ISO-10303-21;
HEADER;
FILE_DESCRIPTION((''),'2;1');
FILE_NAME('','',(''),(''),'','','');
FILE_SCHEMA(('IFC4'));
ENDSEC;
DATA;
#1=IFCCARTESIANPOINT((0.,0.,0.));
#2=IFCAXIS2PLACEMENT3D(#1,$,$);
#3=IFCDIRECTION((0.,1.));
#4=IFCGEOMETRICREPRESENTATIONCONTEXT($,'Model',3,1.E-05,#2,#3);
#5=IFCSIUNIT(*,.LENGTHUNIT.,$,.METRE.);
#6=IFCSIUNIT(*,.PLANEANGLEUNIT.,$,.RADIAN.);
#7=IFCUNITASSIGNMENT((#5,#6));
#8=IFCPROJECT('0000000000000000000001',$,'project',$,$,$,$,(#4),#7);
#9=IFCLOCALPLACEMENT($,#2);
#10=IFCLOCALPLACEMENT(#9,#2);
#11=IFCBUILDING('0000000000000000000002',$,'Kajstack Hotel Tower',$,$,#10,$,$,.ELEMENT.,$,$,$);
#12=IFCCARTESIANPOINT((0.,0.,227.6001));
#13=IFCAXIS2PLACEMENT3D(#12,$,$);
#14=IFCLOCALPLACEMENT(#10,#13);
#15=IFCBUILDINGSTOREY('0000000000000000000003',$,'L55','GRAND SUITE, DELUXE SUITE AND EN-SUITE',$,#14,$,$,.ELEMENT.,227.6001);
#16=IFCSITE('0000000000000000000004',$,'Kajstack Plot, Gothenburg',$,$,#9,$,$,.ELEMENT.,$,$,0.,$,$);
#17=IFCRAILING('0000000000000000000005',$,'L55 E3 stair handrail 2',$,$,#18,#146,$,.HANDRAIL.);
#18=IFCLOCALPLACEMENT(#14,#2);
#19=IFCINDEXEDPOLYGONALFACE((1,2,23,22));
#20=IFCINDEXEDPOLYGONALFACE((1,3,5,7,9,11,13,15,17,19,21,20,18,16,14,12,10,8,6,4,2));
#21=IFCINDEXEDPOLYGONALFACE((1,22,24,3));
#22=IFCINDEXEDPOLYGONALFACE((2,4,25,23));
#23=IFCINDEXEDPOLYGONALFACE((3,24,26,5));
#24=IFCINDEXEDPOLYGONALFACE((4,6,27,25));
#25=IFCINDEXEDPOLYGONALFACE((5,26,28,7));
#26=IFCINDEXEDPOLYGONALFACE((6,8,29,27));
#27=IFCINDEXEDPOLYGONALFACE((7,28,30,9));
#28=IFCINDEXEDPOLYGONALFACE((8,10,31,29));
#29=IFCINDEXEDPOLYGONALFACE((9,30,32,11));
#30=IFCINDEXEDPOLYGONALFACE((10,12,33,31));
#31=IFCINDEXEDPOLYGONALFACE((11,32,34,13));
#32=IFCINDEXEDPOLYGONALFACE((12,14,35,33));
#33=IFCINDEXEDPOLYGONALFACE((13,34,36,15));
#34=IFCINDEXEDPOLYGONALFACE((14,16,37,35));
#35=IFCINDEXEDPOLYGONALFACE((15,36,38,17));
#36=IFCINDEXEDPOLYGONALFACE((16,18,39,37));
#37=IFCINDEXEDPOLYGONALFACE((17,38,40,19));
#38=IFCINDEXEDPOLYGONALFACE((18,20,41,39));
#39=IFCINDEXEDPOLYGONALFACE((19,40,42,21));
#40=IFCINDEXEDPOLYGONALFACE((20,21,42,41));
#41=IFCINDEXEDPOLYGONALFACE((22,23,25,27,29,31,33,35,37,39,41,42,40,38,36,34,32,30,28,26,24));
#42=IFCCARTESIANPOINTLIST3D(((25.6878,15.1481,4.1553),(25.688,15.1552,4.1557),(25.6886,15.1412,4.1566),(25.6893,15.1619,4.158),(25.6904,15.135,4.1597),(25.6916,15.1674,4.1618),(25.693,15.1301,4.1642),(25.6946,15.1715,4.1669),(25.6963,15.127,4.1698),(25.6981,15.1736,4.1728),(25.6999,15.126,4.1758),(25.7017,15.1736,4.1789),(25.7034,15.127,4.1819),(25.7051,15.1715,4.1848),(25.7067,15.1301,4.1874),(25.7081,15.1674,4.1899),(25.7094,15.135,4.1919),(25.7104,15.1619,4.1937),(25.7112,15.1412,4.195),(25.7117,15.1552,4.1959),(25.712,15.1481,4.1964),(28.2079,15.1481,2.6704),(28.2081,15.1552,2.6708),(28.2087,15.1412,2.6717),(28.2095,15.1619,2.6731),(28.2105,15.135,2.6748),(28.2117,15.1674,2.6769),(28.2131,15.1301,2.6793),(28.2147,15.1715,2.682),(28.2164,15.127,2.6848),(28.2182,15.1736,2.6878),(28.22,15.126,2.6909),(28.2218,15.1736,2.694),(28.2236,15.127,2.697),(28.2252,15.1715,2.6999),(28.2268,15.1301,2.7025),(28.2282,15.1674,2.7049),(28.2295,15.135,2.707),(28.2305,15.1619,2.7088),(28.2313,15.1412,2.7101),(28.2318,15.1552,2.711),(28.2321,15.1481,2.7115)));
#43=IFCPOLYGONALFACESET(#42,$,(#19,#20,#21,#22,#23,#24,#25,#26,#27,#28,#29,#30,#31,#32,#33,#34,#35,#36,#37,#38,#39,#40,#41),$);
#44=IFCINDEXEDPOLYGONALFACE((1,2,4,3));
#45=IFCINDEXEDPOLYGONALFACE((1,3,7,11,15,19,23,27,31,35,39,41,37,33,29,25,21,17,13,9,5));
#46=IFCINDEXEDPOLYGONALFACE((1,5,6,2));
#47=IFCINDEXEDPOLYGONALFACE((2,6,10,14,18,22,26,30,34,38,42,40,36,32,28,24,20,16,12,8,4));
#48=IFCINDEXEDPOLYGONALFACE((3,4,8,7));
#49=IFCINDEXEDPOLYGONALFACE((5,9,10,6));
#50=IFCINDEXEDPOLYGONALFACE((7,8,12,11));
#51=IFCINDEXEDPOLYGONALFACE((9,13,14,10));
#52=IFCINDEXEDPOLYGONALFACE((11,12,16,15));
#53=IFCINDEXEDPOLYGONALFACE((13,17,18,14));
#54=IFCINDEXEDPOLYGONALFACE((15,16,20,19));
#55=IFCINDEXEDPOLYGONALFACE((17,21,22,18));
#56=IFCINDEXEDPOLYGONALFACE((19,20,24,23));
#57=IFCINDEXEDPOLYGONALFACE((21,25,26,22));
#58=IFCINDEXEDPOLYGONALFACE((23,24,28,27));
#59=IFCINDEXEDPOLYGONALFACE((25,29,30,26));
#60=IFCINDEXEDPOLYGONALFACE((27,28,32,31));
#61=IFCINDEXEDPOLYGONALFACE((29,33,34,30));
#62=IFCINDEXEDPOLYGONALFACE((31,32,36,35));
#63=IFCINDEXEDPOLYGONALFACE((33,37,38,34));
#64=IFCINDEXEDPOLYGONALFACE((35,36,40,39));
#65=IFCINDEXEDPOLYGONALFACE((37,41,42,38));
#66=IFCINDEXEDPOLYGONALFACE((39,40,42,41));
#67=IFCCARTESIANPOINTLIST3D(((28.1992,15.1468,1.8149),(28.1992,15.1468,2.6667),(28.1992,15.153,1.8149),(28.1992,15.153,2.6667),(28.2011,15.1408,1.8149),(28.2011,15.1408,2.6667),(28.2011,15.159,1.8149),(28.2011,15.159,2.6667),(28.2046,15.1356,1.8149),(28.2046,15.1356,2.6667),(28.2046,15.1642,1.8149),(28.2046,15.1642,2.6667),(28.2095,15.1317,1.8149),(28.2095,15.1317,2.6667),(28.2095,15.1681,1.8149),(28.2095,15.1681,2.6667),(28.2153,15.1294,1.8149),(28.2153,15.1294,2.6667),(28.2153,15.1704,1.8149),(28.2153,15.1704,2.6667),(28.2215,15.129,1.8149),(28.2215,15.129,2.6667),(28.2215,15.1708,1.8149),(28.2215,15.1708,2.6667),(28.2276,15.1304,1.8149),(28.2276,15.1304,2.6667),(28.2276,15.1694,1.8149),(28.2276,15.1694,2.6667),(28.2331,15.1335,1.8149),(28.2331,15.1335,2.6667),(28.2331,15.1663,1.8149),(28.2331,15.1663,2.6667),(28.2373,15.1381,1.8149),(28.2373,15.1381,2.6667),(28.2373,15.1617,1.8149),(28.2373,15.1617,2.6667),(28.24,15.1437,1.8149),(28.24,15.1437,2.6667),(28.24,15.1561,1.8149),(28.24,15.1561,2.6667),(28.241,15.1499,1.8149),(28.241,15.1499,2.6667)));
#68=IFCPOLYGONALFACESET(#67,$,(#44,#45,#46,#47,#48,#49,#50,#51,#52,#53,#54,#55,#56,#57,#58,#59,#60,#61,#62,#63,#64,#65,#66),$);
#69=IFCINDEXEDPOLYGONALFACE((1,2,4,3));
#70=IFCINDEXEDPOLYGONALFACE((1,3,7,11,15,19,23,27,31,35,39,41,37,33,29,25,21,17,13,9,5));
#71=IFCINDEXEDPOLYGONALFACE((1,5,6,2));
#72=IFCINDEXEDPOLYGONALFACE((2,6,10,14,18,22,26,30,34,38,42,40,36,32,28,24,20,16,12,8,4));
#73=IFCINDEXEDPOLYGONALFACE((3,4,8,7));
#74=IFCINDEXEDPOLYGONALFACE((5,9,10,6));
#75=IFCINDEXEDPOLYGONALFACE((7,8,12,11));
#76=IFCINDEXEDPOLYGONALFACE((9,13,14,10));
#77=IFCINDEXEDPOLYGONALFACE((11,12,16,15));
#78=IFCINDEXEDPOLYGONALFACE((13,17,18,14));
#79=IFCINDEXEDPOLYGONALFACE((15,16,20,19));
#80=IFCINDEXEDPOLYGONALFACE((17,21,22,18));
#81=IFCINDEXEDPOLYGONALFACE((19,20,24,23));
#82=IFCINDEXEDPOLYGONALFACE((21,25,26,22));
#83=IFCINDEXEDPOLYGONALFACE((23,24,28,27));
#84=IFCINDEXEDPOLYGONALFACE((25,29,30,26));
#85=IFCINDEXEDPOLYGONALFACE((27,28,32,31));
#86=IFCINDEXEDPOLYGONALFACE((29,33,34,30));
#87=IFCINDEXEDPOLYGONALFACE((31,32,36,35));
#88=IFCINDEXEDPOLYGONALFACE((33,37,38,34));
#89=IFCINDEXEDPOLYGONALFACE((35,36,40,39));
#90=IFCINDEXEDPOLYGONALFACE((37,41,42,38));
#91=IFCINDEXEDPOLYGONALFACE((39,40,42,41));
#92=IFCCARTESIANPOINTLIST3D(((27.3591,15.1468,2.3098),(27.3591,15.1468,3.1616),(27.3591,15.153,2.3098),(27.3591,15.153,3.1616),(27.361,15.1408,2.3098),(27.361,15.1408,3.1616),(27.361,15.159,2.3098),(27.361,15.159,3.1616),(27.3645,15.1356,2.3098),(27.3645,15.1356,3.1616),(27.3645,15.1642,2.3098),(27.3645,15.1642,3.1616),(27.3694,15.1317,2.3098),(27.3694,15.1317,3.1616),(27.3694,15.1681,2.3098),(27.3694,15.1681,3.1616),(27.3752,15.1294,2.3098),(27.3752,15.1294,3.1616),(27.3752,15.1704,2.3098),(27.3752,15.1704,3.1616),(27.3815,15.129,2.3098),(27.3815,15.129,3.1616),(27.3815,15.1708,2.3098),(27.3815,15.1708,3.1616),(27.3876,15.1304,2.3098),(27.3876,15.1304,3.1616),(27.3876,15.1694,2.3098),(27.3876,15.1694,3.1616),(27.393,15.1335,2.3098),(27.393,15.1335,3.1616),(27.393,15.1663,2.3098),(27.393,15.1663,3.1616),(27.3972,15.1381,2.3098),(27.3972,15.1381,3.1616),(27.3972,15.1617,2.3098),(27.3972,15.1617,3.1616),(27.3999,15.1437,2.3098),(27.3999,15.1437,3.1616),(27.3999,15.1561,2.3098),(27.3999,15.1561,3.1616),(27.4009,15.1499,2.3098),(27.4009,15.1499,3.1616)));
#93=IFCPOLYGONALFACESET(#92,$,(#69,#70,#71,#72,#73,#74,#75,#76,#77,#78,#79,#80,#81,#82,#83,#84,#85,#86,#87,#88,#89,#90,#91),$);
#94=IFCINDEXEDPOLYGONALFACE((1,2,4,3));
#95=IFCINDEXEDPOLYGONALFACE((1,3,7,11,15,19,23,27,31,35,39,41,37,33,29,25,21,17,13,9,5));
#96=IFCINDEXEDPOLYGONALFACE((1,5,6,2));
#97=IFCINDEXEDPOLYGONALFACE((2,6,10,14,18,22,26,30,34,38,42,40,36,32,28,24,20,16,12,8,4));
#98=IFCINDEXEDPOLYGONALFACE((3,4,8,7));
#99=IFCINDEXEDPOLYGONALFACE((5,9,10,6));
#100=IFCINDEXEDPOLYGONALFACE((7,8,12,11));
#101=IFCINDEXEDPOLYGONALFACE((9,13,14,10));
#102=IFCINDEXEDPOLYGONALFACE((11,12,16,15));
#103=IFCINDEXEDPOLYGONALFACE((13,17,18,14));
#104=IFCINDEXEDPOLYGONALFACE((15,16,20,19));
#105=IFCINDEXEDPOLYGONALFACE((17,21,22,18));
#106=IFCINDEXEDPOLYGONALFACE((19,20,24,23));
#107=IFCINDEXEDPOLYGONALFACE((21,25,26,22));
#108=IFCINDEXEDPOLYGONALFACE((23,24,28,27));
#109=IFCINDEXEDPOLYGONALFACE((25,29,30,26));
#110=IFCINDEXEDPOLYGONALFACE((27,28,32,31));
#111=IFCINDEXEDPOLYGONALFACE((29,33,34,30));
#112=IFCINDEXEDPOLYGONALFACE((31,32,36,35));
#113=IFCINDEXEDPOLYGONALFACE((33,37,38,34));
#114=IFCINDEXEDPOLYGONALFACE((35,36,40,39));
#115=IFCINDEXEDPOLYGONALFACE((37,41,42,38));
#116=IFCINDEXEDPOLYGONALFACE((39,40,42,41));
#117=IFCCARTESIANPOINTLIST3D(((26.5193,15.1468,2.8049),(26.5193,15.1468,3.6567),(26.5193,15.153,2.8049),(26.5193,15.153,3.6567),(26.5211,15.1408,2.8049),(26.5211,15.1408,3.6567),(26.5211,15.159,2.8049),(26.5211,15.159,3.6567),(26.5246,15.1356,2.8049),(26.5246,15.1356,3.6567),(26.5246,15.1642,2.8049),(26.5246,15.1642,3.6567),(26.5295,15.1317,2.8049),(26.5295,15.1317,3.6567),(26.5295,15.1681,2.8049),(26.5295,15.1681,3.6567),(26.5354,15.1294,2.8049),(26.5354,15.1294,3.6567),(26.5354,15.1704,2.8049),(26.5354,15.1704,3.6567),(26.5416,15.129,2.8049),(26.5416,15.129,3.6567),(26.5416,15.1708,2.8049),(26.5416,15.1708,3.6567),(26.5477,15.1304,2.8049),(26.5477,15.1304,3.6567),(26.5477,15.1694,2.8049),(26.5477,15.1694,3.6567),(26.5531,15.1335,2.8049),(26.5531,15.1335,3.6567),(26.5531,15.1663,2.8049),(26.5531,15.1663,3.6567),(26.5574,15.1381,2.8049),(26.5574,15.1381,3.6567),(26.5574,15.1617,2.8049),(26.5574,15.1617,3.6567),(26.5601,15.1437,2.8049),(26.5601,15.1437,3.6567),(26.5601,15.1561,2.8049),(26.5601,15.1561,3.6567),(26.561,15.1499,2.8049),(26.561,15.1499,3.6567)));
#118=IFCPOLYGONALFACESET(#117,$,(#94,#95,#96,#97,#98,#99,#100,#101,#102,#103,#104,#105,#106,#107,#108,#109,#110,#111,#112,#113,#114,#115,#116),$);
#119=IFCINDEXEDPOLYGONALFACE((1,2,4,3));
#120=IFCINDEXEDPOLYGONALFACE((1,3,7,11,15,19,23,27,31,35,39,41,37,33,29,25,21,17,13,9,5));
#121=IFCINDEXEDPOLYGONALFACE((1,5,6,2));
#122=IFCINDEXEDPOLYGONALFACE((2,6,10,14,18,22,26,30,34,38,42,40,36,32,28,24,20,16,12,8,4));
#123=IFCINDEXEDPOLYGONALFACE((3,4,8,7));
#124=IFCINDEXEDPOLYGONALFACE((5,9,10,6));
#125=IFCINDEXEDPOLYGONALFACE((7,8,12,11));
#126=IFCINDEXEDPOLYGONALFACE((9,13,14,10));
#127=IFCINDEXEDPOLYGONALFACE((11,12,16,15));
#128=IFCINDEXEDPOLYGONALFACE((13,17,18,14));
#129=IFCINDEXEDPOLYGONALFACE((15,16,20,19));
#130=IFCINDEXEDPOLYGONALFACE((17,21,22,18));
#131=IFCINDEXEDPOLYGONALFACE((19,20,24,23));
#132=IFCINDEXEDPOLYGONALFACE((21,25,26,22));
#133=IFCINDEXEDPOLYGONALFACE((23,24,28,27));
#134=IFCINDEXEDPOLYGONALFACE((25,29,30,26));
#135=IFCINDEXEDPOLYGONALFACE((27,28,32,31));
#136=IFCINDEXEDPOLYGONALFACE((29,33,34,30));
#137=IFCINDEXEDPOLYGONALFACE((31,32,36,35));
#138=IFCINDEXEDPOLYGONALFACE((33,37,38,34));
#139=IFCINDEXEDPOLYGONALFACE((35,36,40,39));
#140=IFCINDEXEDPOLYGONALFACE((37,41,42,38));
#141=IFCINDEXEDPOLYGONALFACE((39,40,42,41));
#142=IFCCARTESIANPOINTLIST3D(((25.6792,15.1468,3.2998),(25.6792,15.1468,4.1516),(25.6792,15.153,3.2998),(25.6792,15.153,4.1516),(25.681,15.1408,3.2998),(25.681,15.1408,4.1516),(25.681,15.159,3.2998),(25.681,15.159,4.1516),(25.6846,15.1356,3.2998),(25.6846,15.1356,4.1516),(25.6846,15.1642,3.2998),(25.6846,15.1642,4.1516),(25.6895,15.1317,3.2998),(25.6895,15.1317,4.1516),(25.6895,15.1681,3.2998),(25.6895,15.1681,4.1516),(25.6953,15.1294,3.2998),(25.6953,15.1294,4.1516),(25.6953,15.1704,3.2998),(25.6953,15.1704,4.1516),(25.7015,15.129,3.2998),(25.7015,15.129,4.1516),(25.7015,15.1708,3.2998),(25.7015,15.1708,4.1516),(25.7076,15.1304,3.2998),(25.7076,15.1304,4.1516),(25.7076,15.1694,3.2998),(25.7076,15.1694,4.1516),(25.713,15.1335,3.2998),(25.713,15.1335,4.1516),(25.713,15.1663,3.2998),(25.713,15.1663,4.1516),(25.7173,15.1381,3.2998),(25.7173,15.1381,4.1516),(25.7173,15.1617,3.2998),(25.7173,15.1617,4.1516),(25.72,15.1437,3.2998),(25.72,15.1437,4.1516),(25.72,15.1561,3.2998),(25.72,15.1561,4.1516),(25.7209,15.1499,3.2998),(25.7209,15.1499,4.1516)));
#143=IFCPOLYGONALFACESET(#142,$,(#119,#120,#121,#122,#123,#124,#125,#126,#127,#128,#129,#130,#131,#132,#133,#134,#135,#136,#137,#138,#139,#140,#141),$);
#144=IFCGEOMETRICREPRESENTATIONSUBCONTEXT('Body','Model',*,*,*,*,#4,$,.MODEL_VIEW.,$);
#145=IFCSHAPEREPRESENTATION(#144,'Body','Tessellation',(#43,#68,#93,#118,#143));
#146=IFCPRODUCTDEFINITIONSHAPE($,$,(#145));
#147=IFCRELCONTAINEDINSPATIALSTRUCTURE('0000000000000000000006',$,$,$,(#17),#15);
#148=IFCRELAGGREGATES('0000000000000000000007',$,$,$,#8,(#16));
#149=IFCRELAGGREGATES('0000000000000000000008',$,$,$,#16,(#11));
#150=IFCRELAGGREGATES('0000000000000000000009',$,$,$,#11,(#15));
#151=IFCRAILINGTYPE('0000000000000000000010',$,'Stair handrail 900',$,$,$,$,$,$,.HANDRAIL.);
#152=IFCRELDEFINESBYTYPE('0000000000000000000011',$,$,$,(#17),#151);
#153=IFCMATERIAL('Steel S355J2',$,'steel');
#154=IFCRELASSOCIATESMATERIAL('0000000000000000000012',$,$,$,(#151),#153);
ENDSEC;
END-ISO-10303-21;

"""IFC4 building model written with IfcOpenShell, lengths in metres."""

from ifc_helpers import new_model, si_unit, direction, frame, origin, origin_2d, place, context, subcontext, project, spatial, circle, extrude, material, type_object, element, save


model = new_model("IFC4")

# Units and contexts
model_context = context("Model", 3, precision=1e-05, world=origin(), true_north=direction((0.0, 1.0)))
body_context = subcontext(model_context, "Body", "Model", "MODEL_VIEW")
ifc_project = project(units=[si_unit("LENGTHUNIT", "METRE"), si_unit("PLANEANGLEUNIT", "RADIAN")], contexts=[model_context])

# Site, building, storey
site_placement = place(None, origin())
site = spatial("IfcSite", under=ifc_project, at=site_placement, Name="Kajstack Plot, Gothenburg", CompositionType="ELEMENT", RefElevation=0.0)
building_placement = place(site_placement, origin())
building = spatial("IfcBuilding", under=site, at=building_placement, Name="Kajstack Hotel Tower", CompositionType="ELEMENT")
storey_placement = place(building_placement, frame((0.0, 0.0, 227.6001)))
storey = spatial("IfcBuildingStorey", under=building, at=storey_placement, Name="L55", Description="GRAND SUITE, DELUXE SUITE AND EN-SUITE", CompositionType="ELEMENT", Elevation=227.6001)

# Railing
ifc_material_1 = material(Name="Steel S355J2", Category="steel")
railing_type_1 = type_object("IfcRailingType", Name="Stair handrail 900", PredefinedType="HANDRAIL", material=ifc_material_1)
railing_1_placement = place(storey_placement, frame((28.22, 15.1499, 1.8149)))
element("IfcRailing", 1, at=railing_1_placement, inside=storey, type_object=railing_type_1, Name="L55 E3 stair handrail 2", PredefinedType="HANDRAIL", context=body_context, shape_type="SweptSolid", body=[
    extrude(circle(Radius=0.0239, at=origin_2d()), frame((0.0, 0.0, 0.876), z_axis=(-0.861561, 0.0, 0.507655), x_axis=(0.0, -1.0, 0.0)), (0.0, 0.0, 1.0), 2.925),
    extrude(circle(Radius=0.021, at=origin_2d()), origin(), (0.0, 0.0, 1.0), 0.8518),
    extrude(circle(Radius=0.021, at=origin_2d()), frame((-0.8401, 0.0, 0.4949)), (0.0, 0.0, 1.0), 0.8518),
    extrude(circle(Radius=0.021, at=origin_2d()), frame((-1.6799, 0.0, 0.99)), (0.0, 0.0, 1.0), 0.8518),
    extrude(circle(Radius=0.021, at=origin_2d()), frame((-2.52, 0.0, 1.4849)), (0.0, 0.0, 1.0), 0.8518),
])

save(model, "model.ifc")
